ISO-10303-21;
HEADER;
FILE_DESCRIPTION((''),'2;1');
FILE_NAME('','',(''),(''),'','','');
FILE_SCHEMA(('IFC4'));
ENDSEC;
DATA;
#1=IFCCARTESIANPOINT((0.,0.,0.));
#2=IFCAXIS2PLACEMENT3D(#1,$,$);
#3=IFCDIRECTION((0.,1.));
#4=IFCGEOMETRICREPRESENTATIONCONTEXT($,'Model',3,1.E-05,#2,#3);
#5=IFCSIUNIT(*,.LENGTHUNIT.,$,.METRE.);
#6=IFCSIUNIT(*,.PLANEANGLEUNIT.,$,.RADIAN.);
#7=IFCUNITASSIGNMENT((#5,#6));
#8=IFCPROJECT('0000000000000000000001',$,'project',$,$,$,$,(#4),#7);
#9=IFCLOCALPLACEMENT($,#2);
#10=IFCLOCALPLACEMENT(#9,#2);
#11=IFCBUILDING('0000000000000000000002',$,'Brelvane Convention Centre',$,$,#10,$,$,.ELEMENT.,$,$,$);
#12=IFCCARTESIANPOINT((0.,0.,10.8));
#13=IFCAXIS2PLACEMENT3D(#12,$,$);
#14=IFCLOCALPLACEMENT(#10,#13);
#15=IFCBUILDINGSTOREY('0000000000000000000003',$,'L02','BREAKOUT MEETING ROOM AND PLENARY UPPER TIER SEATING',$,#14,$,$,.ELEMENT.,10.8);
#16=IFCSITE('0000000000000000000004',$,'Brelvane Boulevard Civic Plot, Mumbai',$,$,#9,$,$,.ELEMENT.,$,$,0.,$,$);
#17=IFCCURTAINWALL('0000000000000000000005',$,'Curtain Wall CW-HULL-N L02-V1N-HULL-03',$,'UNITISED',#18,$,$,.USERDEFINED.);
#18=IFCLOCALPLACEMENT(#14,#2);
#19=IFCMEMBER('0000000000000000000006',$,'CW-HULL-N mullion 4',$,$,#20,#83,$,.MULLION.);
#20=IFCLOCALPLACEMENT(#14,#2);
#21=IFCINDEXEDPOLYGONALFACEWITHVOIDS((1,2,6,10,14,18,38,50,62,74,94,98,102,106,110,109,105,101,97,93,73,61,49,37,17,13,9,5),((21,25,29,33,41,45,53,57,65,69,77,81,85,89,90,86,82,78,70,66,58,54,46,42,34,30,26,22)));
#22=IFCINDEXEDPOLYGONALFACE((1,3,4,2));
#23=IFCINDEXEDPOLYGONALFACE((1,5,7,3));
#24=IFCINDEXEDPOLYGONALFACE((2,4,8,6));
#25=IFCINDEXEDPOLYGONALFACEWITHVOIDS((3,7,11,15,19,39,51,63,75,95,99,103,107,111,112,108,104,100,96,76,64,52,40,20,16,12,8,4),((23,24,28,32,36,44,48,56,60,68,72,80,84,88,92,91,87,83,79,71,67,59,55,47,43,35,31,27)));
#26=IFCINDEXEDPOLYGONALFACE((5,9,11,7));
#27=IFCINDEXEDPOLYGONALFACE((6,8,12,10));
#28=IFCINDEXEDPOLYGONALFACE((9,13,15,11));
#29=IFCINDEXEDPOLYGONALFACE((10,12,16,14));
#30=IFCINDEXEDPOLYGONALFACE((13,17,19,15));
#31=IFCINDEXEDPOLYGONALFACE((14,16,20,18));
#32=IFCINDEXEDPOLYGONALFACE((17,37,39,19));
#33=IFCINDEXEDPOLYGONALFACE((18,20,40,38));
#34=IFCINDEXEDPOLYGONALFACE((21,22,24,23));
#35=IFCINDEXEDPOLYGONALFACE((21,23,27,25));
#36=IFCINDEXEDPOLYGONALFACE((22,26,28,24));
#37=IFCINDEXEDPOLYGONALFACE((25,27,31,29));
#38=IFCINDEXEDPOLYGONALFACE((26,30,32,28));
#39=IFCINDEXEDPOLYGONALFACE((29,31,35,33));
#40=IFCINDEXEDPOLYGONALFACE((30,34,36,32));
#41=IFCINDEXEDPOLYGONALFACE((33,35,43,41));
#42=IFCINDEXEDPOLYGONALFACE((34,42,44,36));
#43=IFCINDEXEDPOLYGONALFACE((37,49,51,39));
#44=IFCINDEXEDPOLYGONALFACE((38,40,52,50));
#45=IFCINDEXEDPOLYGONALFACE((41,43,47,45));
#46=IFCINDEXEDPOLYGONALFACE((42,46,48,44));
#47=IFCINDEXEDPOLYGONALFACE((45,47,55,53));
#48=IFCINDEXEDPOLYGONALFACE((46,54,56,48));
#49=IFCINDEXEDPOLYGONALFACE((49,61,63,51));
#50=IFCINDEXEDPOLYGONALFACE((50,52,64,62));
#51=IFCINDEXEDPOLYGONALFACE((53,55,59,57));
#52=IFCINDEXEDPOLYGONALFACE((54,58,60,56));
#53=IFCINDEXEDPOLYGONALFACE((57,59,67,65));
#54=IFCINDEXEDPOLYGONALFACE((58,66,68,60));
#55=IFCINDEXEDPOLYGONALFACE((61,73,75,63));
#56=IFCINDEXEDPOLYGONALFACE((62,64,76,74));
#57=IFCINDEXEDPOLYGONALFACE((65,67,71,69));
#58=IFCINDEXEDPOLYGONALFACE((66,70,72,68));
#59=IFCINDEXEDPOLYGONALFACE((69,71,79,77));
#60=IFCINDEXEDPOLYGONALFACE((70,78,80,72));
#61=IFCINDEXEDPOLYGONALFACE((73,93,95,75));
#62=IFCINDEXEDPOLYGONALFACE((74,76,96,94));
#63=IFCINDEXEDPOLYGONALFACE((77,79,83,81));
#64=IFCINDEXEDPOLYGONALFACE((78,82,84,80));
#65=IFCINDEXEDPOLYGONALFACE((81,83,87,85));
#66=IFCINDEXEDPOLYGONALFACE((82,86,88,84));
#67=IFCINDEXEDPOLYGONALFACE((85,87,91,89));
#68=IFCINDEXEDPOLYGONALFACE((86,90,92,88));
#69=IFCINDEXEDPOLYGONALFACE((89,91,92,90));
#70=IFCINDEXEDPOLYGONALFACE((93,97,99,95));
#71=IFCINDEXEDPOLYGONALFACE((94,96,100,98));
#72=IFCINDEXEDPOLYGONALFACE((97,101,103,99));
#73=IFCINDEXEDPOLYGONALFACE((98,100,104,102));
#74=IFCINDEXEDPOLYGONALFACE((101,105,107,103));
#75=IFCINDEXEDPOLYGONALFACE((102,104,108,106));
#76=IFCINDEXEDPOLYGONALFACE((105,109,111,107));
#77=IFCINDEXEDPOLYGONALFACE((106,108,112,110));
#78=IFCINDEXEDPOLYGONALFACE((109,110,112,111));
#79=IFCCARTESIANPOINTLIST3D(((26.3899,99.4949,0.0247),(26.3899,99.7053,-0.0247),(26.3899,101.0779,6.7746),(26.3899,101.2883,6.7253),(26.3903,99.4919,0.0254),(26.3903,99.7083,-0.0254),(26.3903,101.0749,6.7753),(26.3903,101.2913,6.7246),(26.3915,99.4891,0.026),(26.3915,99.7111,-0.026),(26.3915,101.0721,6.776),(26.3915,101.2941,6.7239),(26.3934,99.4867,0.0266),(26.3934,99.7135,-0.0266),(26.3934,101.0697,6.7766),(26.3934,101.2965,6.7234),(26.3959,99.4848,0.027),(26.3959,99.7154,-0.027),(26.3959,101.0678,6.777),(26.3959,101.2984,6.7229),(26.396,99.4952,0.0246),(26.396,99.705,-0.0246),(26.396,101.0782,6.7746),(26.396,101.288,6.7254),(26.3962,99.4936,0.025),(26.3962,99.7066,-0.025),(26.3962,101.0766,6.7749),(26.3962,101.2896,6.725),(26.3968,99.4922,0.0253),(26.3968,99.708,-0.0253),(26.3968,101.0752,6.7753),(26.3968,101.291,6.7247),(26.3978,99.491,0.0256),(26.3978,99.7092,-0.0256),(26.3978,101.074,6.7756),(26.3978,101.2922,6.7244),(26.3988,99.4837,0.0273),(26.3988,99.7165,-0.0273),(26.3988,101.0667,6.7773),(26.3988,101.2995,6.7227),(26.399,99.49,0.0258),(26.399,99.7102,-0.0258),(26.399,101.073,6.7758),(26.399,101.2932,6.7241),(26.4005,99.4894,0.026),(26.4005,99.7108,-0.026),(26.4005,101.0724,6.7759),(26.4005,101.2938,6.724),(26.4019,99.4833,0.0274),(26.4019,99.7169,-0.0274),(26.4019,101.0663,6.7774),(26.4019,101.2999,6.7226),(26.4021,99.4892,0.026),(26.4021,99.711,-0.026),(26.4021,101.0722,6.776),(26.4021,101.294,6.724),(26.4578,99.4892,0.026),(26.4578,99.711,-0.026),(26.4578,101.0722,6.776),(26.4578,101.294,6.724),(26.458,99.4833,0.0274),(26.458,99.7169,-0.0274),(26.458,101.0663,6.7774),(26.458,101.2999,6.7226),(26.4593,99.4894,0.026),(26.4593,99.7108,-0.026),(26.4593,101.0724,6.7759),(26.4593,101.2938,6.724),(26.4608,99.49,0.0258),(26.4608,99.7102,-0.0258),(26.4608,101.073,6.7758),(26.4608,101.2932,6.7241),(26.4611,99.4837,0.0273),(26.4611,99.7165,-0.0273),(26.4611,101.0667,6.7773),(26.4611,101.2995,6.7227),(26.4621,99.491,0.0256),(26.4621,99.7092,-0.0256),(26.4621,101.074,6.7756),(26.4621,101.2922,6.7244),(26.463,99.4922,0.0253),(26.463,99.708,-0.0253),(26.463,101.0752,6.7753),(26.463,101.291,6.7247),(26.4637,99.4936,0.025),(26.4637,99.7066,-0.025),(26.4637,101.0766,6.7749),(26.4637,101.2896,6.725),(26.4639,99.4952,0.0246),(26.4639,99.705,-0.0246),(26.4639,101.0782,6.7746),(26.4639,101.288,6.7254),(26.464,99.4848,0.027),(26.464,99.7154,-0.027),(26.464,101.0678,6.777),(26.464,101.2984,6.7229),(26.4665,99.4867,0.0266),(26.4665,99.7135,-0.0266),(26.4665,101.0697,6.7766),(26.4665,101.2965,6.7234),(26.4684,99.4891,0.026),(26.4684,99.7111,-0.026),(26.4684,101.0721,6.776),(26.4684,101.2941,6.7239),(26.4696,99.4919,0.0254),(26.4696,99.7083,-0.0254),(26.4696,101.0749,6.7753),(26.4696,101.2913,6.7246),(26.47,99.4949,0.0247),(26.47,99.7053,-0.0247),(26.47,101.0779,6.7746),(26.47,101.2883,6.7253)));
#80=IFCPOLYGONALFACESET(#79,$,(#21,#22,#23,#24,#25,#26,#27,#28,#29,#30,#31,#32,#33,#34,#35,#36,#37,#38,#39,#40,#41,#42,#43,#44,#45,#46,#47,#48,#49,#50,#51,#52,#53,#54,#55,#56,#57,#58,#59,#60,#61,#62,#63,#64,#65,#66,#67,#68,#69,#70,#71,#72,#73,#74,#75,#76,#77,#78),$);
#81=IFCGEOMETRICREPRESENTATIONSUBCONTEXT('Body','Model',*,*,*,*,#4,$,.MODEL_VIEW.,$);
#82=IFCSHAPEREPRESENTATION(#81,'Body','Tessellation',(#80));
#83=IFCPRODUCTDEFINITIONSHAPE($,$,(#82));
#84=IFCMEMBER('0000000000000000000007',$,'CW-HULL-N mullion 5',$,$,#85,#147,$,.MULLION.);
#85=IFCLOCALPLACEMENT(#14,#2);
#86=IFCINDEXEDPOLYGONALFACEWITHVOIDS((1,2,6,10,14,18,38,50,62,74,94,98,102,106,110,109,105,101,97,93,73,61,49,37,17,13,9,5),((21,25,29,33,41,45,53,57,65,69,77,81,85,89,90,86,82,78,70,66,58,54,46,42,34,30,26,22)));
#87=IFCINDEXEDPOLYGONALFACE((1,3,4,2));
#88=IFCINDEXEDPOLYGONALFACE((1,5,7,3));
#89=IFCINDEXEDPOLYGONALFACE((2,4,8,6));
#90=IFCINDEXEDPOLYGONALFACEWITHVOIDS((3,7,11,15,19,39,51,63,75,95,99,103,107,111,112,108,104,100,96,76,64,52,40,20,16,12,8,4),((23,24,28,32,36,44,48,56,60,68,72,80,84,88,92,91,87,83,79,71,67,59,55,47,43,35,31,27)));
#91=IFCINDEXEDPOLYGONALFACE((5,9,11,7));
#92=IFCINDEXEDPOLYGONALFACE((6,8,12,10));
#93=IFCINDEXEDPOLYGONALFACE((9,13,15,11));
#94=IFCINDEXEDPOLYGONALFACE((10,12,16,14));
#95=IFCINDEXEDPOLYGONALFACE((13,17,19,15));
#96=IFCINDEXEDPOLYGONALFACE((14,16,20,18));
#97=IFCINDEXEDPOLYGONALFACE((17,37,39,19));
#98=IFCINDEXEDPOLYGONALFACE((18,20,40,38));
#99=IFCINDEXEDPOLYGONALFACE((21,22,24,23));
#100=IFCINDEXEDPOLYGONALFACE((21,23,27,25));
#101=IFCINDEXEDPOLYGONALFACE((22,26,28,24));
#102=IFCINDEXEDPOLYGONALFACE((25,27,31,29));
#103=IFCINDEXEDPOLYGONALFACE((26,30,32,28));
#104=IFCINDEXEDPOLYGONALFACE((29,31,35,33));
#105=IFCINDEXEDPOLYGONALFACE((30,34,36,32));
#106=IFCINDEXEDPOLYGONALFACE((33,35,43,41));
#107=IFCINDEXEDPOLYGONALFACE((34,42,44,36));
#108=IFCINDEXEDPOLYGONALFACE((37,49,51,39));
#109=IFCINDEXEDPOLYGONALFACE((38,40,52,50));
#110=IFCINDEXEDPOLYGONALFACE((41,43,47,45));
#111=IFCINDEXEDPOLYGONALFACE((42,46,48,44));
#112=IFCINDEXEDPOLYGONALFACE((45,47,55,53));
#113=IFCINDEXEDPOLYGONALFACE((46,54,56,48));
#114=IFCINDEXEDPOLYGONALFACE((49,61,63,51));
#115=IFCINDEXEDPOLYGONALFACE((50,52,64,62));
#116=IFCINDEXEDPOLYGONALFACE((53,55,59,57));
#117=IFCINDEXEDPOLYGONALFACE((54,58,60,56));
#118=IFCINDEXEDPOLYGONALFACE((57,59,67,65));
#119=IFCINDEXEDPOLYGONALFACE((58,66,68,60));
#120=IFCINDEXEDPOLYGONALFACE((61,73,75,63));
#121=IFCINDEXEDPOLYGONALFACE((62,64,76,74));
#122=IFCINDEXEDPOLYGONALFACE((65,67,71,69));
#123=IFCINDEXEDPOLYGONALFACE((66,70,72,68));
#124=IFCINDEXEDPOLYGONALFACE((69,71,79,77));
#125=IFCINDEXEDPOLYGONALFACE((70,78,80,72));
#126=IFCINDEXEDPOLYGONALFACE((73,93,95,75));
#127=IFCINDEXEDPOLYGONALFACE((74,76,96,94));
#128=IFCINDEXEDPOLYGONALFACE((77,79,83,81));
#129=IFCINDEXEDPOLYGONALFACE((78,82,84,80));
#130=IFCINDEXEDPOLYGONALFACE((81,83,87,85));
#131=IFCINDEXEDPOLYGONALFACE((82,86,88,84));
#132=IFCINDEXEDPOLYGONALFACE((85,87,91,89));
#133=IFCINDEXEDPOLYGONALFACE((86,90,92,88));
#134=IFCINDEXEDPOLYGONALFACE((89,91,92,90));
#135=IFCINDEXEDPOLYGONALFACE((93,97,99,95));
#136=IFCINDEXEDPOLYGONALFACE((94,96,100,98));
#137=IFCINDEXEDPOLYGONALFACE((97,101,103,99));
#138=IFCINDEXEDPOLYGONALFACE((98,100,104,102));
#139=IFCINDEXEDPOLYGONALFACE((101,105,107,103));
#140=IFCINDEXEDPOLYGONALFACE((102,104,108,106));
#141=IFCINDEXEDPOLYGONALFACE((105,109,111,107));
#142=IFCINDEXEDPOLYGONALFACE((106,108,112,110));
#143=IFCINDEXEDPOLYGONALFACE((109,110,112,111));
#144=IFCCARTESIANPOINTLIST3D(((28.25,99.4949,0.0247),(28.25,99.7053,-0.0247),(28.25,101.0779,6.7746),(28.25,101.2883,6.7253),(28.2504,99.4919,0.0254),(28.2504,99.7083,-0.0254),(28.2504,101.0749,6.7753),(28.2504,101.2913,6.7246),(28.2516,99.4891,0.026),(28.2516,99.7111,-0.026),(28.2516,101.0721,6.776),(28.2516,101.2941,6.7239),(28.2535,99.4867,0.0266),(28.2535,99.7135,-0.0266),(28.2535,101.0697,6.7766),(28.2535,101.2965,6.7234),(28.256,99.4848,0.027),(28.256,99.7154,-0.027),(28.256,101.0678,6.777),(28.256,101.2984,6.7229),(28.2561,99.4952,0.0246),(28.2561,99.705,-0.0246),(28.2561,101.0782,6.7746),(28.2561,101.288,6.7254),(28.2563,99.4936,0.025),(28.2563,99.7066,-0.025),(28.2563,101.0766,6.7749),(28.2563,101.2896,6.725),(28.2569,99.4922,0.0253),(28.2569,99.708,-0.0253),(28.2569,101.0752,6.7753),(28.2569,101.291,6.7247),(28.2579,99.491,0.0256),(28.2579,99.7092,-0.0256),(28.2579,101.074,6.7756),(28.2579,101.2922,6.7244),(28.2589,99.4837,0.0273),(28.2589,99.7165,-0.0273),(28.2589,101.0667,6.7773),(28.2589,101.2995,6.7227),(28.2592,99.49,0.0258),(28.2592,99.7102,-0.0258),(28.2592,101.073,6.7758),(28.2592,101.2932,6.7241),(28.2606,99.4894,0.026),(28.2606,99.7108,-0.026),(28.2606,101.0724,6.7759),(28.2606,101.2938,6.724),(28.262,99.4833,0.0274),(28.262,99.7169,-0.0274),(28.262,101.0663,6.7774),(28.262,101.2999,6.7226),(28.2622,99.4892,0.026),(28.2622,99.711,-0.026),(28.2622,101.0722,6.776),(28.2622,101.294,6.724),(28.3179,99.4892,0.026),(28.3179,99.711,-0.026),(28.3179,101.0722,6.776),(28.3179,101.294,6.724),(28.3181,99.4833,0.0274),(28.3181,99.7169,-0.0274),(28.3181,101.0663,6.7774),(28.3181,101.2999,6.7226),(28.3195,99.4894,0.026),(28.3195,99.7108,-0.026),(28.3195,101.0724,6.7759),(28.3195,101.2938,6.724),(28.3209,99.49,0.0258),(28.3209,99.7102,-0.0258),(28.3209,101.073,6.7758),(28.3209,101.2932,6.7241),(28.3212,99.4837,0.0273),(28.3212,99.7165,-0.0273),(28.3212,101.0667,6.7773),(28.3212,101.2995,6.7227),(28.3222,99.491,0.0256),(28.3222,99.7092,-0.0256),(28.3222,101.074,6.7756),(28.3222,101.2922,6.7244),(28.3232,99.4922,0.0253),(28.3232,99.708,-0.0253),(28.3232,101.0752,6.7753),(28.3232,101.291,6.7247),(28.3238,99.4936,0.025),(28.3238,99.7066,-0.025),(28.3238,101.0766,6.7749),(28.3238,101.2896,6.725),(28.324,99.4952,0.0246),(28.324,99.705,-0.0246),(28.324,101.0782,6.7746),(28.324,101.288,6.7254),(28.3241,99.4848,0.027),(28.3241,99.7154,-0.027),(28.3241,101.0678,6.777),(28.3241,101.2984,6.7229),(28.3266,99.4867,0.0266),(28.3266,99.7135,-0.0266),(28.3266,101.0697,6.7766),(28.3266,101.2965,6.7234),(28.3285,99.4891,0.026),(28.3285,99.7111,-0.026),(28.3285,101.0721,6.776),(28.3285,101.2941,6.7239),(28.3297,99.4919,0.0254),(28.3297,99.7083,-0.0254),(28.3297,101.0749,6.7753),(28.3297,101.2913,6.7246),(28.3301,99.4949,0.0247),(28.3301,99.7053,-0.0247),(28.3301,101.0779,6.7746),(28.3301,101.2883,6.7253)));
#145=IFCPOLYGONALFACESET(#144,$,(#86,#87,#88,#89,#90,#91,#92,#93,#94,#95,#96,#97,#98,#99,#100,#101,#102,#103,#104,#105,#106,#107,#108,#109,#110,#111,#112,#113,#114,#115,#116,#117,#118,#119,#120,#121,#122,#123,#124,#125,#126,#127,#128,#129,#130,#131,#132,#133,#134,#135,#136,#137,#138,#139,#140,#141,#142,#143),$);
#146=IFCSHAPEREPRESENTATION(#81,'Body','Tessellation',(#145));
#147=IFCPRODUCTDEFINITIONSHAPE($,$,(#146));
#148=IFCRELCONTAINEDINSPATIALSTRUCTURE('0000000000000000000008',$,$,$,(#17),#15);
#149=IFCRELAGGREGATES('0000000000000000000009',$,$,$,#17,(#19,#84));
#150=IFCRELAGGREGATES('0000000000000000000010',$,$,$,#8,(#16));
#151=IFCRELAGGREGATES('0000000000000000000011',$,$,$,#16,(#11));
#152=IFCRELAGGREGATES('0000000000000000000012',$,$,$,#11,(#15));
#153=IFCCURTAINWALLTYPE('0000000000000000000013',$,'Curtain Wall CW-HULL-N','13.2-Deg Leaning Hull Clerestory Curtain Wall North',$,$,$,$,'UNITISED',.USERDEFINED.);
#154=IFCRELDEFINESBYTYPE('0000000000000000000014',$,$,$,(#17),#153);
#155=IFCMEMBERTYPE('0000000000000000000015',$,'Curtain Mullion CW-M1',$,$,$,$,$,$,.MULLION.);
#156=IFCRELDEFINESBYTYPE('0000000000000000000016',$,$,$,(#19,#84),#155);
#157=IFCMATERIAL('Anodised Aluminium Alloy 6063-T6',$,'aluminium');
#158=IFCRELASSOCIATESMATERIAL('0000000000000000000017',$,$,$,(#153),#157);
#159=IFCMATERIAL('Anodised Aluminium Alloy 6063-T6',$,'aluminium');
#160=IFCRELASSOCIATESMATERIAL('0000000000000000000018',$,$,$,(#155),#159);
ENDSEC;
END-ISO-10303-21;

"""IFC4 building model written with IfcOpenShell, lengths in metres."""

from ifc_helpers import new_model, si_unit, direction, frame, origin, origin_2d, place, context, subcontext, project, spatial, hollow_rectangle, extrude, material, material_profile, profile_set, type_object, element, aggregate, save


model = new_model("IFC4")

# Units and contexts
model_context = context("Model", 3, precision=1e-05, world=origin(), true_north=direction((0.0, 1.0)))
body_context = subcontext(model_context, "Body", "Model", "MODEL_VIEW")
ifc_project = project(units=[si_unit("LENGTHUNIT", "METRE"), si_unit("PLANEANGLEUNIT", "RADIAN")], contexts=[model_context])

# Site, building, storey
site_placement = place(None, origin())
site = spatial("IfcSite", under=ifc_project, at=site_placement, Name="Brelvane Boulevard Civic Plot, Mumbai", CompositionType="ELEMENT", RefElevation=0.0)
building_placement = place(site_placement, origin())
building = spatial("IfcBuilding", under=site, at=building_placement, Name="Brelvane Convention Centre", CompositionType="ELEMENT")
storey_placement = place(building_placement, frame((0.0, 0.0, 10.8)))
storey = spatial("IfcBuildingStorey", under=building, at=storey_placement, Name="L02", Description="BREAKOUT MEETING ROOM AND PLENARY UPPER TIER SEATING", CompositionType="ELEMENT", Elevation=10.8)

# Curtain wall, members
ifc_material_1 = material(Name="Anodised Aluminium Alloy 6063-T6", Category="aluminium")
curtain_wall_type_1 = type_object("IfcCurtainWallType", Name="Curtain Wall CW-HULL-N", Description="13.2-Deg Leaning Hull Clerestory Curtain Wall North", ElementType="UNITISED", PredefinedType="USERDEFINED", material=ifc_material_1)
curtain_wall_1_placement = place(storey_placement, origin())
curtain_wall_1 = element("IfcCurtainWall", 1, at=curtain_wall_1_placement, inside=storey, type_object=curtain_wall_type_1, Name="Curtain Wall CW-HULL-N L02-V1N-HULL-03", ObjectType="UNITISED", PredefinedType="USERDEFINED")
ifc_material_2 = material(Name="Anodised Aluminium Alloy 6063-T6", Category="aluminium")
ifc_material_profile_1 = material_profile(ifc_material_2, hollow_rectangle(XDim=0.0801, YDim=0.24, WallThickness=0.0061, InnerFilletRadius=0.0061, OuterFilletRadius=0.012, at=origin_2d()), Name="ALU-M 240x80x6.0")
ifc_profile_set_1 = profile_set([ifc_material_profile_1], Name="Anodised Aluminium Alloy 6063-T6")
member_type_1 = type_object("IfcMemberType", Name="Curtain Mullion CW-M1", PredefinedType="MULLION", material=ifc_profile_set_1)
member_1_placement = place(storey_placement, frame((26.4299, 99.6001, 0.0), z_axis=(0.0, 0.228325, 0.973585), x_axis=(-1.0, 0.0, 0.0)))
member_1 = element("IfcMember", 2, at=member_1_placement, type_object=member_type_1, Name="CW-HULL-N mullion 4", PredefinedType="MULLION", context=body_context, shape_type="SweptSolid", body=[
    extrude(hollow_rectangle(XDim=0.0801, YDim=0.24, WallThickness=0.0061, InnerFilletRadius=0.0061, OuterFilletRadius=0.012, at=origin_2d()), origin(), (0.0, 0.0, 1.0), 6.9331),
])
member_2_placement = place(storey_placement, frame((28.29, 99.6001, 0.0), z_axis=(0.0, 0.228325, 0.973585), x_axis=(-1.0, 0.0, 0.0)))
member_2 = element("IfcMember", 3, at=member_2_placement, type_object=member_type_1, Name="CW-HULL-N mullion 5", PredefinedType="MULLION", context=body_context, shape_type="SweptSolid", body=[
    extrude(hollow_rectangle(XDim=0.0801, YDim=0.24, WallThickness=0.0061, InnerFilletRadius=0.0061, OuterFilletRadius=0.012, at=origin_2d()), origin(), (0.0, 0.0, 1.0), 6.9331),
])

aggregate(curtain_wall_1, [member_1, member_2])

save(model, "model.ifc")
